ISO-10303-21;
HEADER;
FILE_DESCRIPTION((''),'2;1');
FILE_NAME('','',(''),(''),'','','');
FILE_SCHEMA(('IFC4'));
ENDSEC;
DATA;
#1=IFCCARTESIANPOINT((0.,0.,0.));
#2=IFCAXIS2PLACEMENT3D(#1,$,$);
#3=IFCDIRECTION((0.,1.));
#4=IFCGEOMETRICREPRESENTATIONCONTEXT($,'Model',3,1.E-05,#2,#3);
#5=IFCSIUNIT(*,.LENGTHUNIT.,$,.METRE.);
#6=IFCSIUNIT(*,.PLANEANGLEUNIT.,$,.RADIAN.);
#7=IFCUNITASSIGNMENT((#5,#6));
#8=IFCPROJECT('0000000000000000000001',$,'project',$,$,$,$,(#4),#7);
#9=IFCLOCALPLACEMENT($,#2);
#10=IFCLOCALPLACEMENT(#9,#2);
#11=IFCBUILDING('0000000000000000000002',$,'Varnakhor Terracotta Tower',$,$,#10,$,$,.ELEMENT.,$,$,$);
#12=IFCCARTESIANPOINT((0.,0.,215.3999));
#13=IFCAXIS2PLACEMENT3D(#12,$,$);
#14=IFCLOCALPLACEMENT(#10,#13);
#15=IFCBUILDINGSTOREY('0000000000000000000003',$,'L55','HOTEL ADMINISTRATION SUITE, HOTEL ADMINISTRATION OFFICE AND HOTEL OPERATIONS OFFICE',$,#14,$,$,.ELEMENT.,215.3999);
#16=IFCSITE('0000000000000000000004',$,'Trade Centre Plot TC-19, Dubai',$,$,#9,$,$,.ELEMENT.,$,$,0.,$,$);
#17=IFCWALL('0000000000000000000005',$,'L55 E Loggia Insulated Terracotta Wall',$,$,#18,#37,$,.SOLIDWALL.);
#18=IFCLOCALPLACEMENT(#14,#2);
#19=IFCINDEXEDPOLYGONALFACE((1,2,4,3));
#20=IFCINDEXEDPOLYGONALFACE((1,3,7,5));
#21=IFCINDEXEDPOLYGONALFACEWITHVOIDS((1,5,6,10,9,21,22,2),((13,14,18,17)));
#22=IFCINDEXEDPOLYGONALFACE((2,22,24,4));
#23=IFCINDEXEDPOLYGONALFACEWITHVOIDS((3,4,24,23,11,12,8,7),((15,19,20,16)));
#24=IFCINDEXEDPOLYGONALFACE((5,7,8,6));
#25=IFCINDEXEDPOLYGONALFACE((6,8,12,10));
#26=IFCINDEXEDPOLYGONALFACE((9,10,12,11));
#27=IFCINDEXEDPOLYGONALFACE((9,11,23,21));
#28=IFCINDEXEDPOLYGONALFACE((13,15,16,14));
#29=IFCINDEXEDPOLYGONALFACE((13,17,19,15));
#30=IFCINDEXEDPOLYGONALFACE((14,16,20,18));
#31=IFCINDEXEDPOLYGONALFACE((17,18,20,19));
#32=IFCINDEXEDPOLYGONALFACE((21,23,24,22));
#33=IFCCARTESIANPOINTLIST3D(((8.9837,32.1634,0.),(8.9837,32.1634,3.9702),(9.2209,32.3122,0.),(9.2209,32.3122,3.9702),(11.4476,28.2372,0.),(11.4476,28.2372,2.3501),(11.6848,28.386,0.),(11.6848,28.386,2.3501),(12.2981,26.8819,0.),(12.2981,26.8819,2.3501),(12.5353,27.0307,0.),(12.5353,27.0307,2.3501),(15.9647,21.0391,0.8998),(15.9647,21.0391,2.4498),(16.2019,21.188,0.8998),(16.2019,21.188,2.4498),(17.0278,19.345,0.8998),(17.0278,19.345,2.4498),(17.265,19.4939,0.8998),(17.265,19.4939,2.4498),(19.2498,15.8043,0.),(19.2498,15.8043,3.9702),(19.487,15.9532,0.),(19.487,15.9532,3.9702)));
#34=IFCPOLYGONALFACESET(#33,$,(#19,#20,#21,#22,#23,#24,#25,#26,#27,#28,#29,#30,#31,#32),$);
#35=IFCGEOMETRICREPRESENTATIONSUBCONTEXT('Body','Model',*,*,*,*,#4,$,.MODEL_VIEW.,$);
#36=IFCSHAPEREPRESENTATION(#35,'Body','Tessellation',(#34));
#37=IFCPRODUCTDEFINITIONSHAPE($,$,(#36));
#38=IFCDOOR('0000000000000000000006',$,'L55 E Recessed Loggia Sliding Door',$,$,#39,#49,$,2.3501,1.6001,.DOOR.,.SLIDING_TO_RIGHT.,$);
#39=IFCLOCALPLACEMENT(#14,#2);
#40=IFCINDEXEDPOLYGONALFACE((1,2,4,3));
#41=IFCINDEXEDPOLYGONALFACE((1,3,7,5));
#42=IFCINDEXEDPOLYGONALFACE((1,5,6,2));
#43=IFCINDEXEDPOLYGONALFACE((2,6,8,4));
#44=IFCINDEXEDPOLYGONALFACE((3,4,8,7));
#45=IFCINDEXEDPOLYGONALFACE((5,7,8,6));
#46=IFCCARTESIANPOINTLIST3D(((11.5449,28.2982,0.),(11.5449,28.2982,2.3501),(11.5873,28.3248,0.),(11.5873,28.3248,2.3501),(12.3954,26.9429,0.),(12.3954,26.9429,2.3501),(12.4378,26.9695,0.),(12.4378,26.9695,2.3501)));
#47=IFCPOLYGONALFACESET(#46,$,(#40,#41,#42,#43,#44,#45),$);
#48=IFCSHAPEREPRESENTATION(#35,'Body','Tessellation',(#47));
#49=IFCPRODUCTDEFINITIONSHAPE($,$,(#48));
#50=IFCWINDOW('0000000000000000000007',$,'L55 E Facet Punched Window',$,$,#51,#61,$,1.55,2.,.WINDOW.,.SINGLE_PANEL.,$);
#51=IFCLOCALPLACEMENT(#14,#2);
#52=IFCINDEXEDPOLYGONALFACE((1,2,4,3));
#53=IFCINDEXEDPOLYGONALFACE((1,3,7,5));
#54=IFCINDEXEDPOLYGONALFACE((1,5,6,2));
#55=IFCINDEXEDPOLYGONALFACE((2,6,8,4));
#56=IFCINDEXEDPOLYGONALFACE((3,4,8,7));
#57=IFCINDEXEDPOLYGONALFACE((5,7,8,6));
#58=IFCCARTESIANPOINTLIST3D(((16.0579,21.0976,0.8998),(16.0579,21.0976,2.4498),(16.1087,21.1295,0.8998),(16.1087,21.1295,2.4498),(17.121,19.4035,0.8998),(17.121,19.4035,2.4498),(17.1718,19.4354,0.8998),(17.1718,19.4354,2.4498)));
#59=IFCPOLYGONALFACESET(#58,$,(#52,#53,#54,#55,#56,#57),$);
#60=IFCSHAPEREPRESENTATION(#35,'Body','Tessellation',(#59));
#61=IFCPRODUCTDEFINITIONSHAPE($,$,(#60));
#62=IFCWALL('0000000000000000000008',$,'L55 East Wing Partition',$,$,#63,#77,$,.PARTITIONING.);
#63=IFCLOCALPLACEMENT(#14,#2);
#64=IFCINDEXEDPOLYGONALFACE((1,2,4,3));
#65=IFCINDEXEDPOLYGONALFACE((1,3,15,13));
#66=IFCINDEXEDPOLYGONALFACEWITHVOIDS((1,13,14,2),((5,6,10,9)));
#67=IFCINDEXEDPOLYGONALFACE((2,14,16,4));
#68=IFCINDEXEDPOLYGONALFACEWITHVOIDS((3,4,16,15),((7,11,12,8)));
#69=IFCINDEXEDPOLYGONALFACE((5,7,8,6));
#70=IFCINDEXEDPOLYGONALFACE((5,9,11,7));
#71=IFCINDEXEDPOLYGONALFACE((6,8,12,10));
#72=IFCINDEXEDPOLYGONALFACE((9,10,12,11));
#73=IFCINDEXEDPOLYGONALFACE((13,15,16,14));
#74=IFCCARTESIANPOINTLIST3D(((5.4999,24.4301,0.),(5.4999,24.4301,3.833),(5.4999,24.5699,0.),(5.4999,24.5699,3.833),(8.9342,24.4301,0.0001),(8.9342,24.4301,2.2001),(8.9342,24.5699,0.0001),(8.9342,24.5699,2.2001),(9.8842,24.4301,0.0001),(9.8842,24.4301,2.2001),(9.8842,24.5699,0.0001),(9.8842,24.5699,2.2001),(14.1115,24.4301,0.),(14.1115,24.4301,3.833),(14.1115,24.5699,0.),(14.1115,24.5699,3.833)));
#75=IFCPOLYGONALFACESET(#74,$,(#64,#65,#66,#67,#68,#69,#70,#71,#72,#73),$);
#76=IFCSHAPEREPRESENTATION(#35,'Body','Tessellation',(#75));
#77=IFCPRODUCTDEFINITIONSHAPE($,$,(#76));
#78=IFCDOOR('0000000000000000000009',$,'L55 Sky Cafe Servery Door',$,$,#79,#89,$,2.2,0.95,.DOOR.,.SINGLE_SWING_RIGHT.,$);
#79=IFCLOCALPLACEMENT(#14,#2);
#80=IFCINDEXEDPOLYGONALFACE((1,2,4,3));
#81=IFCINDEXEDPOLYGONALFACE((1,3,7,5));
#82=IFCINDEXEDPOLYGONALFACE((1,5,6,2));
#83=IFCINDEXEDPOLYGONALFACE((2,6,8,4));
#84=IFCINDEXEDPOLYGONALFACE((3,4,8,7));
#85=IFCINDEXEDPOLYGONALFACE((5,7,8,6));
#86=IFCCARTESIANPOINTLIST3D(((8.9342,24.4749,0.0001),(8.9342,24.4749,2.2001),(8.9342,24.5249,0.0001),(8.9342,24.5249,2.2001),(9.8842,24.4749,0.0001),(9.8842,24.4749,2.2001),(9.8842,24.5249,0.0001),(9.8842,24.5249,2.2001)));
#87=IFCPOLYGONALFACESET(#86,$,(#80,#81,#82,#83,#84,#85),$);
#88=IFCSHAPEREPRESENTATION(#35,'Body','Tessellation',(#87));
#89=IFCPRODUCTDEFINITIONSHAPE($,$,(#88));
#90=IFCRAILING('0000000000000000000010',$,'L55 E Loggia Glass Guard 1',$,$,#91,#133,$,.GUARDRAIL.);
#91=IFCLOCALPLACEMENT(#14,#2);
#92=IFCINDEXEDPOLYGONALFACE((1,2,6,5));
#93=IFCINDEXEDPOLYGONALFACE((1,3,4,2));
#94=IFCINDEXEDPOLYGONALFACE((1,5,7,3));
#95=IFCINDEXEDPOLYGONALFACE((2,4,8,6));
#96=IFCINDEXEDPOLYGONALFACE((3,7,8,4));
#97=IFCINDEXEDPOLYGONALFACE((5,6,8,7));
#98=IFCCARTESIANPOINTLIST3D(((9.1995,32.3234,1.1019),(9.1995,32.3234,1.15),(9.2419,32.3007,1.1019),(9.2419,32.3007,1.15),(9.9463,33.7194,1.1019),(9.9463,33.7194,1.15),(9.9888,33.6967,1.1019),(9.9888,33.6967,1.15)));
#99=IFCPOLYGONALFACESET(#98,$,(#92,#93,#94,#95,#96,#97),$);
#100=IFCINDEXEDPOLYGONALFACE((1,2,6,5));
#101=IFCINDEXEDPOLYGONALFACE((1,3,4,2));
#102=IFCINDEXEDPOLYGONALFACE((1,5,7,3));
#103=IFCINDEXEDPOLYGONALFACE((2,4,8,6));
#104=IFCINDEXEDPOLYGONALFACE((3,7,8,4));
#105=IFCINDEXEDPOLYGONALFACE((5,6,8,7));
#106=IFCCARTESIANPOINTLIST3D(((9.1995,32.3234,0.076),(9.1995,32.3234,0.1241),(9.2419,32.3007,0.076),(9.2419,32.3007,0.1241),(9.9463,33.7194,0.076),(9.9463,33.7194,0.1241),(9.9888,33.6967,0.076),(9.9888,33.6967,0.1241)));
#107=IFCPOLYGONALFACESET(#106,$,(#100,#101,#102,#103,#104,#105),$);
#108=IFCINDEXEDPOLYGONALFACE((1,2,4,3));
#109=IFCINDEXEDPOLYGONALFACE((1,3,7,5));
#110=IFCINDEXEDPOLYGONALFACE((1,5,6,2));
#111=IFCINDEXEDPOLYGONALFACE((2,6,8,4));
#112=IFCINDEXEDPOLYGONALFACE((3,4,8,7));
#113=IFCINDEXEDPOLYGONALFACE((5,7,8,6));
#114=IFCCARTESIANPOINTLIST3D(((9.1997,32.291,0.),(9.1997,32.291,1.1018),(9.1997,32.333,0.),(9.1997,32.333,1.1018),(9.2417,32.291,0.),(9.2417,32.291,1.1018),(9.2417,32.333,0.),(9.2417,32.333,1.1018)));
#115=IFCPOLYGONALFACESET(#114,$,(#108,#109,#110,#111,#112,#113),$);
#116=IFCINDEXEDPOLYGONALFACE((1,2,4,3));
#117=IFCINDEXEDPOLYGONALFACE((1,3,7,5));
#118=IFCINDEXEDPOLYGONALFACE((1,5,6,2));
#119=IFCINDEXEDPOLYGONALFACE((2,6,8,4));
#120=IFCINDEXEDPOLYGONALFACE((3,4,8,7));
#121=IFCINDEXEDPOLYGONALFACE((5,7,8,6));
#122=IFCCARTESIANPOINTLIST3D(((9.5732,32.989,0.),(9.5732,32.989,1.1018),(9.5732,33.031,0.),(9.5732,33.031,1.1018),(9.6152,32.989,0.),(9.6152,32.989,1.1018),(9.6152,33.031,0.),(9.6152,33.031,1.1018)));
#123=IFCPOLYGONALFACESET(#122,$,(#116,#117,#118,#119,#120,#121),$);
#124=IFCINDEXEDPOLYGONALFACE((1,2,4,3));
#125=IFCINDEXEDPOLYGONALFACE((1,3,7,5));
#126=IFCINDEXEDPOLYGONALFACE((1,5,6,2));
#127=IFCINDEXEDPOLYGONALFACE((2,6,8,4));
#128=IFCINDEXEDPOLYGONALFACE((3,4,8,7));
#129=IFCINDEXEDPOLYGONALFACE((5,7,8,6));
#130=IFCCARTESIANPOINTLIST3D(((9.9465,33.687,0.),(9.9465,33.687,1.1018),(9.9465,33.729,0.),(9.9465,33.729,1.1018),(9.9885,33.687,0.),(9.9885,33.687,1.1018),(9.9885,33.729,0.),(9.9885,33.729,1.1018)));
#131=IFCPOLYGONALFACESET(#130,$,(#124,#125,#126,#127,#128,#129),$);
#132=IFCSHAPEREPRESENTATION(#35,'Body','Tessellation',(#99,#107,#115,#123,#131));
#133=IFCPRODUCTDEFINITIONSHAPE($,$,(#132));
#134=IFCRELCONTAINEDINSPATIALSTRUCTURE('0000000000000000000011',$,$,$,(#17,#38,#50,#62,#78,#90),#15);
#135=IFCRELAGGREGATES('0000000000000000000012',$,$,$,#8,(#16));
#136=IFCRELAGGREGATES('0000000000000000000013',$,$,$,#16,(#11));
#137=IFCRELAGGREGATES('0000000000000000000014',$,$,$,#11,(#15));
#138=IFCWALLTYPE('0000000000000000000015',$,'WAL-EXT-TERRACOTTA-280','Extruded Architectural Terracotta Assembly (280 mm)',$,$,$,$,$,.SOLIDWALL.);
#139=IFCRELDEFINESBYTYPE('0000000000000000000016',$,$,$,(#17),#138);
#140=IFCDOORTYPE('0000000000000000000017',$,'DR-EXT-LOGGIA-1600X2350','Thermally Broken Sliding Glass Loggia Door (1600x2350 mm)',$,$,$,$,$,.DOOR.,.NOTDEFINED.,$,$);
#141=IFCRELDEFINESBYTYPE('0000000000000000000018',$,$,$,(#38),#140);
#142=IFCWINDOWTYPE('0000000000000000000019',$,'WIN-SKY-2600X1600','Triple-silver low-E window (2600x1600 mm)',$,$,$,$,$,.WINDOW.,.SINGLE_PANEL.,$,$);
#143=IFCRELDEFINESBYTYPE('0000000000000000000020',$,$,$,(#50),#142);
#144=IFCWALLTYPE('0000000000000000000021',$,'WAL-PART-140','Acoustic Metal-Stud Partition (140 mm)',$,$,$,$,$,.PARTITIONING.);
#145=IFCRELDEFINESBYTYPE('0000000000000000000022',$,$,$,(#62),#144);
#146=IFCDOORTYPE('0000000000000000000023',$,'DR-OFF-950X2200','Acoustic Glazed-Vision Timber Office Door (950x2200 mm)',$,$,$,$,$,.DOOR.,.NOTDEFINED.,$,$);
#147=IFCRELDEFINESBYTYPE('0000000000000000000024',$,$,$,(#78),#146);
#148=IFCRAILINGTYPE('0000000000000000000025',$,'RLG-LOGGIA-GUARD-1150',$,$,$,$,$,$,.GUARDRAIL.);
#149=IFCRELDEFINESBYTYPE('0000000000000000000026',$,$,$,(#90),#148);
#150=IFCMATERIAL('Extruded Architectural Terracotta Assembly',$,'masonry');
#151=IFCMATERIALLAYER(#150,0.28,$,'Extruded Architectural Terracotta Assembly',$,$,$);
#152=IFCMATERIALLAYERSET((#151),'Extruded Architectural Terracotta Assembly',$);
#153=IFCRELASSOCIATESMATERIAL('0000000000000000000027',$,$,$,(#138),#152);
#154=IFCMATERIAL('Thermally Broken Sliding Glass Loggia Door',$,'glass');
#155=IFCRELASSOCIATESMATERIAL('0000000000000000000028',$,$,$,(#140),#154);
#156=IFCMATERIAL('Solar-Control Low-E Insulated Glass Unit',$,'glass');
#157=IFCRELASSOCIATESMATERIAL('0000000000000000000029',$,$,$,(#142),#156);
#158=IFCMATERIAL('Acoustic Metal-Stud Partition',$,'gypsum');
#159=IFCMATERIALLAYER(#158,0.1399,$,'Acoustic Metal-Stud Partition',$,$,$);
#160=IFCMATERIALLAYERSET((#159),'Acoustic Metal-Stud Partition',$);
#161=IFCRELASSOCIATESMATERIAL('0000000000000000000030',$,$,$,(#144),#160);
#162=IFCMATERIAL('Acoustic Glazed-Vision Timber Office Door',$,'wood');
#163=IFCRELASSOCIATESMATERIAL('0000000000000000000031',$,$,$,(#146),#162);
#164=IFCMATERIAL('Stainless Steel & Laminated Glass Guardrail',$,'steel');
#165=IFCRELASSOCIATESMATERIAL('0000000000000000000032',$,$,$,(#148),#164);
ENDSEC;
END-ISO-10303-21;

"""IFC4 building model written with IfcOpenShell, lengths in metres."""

from ifc_helpers import new_model, si_unit, direction, frame, frame_2d, origin, origin_2d, place, context, subcontext, project, spatial, rectangle, extrude, source, transform, mapped, material, layer, layer_set, type_object, type_shapes, element, fill, save


model = new_model("IFC4")

# Units and contexts
model_context = context("Model", 3, precision=1e-05, world=origin(), true_north=direction((0.0, 1.0)))
body_context = subcontext(model_context, "Body", "Model", "MODEL_VIEW")
ifc_project = project(units=[si_unit("LENGTHUNIT", "METRE"), si_unit("PLANEANGLEUNIT", "RADIAN")], contexts=[model_context])

# Site, building, storey
site_placement = place(None, origin())
site = spatial("IfcSite", under=ifc_project, at=site_placement, Name="Trade Centre Plot TC-19, Dubai", CompositionType="ELEMENT", RefElevation=0.0)
building_placement = place(site_placement, origin())
building = spatial("IfcBuilding", under=site, at=building_placement, Name="Varnakhor Terracotta Tower", CompositionType="ELEMENT")
storey_placement = place(building_placement, frame((0.0, 0.0, 215.3999)))
storey = spatial("IfcBuildingStorey", under=building, at=storey_placement, Name="L55", Description="HOTEL ADMINISTRATION SUITE, HOTEL ADMINISTRATION OFFICE AND HOTEL OPERATIONS OFFICE", CompositionType="ELEMENT", Elevation=215.3999)

# Wall, openings, door, window
ifc_material_1 = material(Name="Extruded Architectural Terracotta Assembly", Category="masonry")
ifc_layer_1 = layer(ifc_material_1, 0.28, Name="Extruded Architectural Terracotta Assembly")
ifc_layer_set_1 = layer_set([ifc_layer_1], Name="Extruded Architectural Terracotta Assembly")
wall_type_1 = type_object("IfcWallType", Name="WAL-EXT-TERRACOTTA-280", Description="Extruded Architectural Terracotta Assembly (280 mm)", PredefinedType="SOLIDWALL", material=ifc_layer_set_1)
wall_1_placement = place(storey_placement, frame((9.1023, 32.2378, 0.0), z_axis=(0.0, 0.0, 1.0), x_axis=(0.531549, -0.847028, 0.0)))
wall_1 = element("IfcWall", 1, at=wall_1_placement, inside=storey, type_object=wall_type_1, Name="L55 E Loggia Insulated Terracotta Wall", PredefinedType="SOLIDWALL", context=body_context, shape_type="SweptSolid", body=[
    extrude(rectangle(XDim=19.3135, YDim=0.28, at=frame_2d((9.6567, 0.0))), origin(), (0.0, 0.0, 1.0), 3.9702),
])
opening_1_placement = place(wall_1_placement, frame((4.6353, 0.0, 0.0)))
opening_1 = element("IfcOpeningElement", 2, at=opening_1_placement, cuts=wall_1, PredefinedType="OPENING", context=body_context, shape_type="SweptSolid", body=[
    extrude(rectangle(XDim=1.6001, YDim=2.3501, at=frame_2d((0.8, 1.175))), frame((0.0, 0.1499, 0.0), z_axis=(0.0, -1.0, 0.0), x_axis=(1.0, 0.0, 0.0)), (0.0, 0.0, 1.0), 0.3),
])
opening_2_placement = place(wall_1_placement, frame((13.1333, 0.0, 0.8999)))
opening_2 = element("IfcOpeningElement", 3, at=opening_2_placement, cuts=wall_1, PredefinedType="OPENING", context=body_context, shape_type="SweptSolid", body=[
    extrude(rectangle(XDim=2.0, YDim=1.55, at=frame_2d((1.0, 0.7749))), frame((0.0, 0.1499, 0.0), z_axis=(0.0, -1.0, 0.0), x_axis=(1.0, 0.0, 0.0)), (0.0, 0.0, 1.0), 0.3),
])
ifc_material_2 = material(Name="Thermally Broken Sliding Glass Loggia Door", Category="glass")
door_type_1 = type_object("IfcDoorType", Name="DR-EXT-LOGGIA-1600X2350", Description="Thermally Broken Sliding Glass Loggia Door (1600x2350 mm)", OperationType="NOTDEFINED", PredefinedType="DOOR", material=ifc_material_2)
shared_shape_1 = source(origin(), body_context, "Body", "SweptSolid", [
    extrude(rectangle(XDim=1.6001, YDim=2.3501, at=frame_2d((0.8, 1.175))), frame((0.0, 0.0249, 0.0), z_axis=(0.0, -1.0, 0.0), x_axis=(1.0, 0.0, 0.0)), (0.0, 0.0, 1.0), 0.05),
])
type_shapes(door_type_1, [shared_shape_1])
door_1_placement = place(opening_1_placement, origin())
door_1 = element("IfcDoor", 4, at=door_1_placement, inside=storey, type_object=door_type_1, Name="L55 E Recessed Loggia Sliding Door", OperationType="SLIDING_TO_RIGHT", OverallHeight=2.3501, OverallWidth=1.6001, PredefinedType="DOOR", context=body_context, shape_type="MappedRepresentation", body=[
    mapped(shared_shape_1, transform((0.0, 0.0, 0.0), scale=1.0)),
])
fill(opening_1, door_1)
ifc_material_3 = material(Name="Solar-Control Low-E Insulated Glass Unit", Category="glass")
window_type = type_object("IfcWindowType", Name="WIN-SKY-2600X1600", Description="Triple-silver low-E window (2600x1600 mm)", PartitioningType="SINGLE_PANEL", PredefinedType="WINDOW", material=ifc_material_3)
shared_shape_2 = source(origin(), body_context, "Body", "SweptSolid", [
    extrude(rectangle(XDim=2.0, YDim=1.55, at=frame_2d((1.0, 0.7749))), frame((0.0, 0.03, 0.0), z_axis=(0.0, -1.0, 0.0), x_axis=(1.0, 0.0, 0.0)), (0.0, 0.0, 1.0), 0.0601),
])
type_shapes(window_type, [shared_shape_2])
window_placement = place(opening_2_placement, origin())
window = element("IfcWindow", 5, at=window_placement, inside=storey, type_object=window_type, Name="L55 E Facet Punched Window", OverallHeight=1.55, OverallWidth=2.0, PartitioningType="SINGLE_PANEL", PredefinedType="WINDOW", context=body_context, shape_type="MappedRepresentation", body=[
    mapped(shared_shape_2, transform((0.0, 0.0, 0.0), scale=1.0)),
])
fill(opening_2, window)

# Wall, opening, door
ifc_material_4 = material(Name="Acoustic Metal-Stud Partition", Category="gypsum")
ifc_layer_2 = layer(ifc_material_4, 0.1399, Name="Acoustic Metal-Stud Partition")
ifc_layer_set_2 = layer_set([ifc_layer_2], Name="Acoustic Metal-Stud Partition")
wall_type_2 = type_object("IfcWallType", Name="WAL-PART-140", Description="Acoustic Metal-Stud Partition (140 mm)", PredefinedType="PARTITIONING", material=ifc_layer_set_2)
wall_2_placement = place(storey_placement, frame((5.5, 24.5, 0.0), z_axis=(0.0, 0.0, 1.0), x_axis=(1.0, 0.0, 0.0)))
wall_2 = element("IfcWall", 6, at=wall_2_placement, inside=storey, type_object=wall_type_2, Name="L55 East Wing Partition", PredefinedType="PARTITIONING", context=body_context, shape_type="SweptSolid", body=[
    extrude(rectangle(XDim=8.6116, YDim=0.1399, at=frame_2d((4.3057, 0.0))), origin(), (0.0, 0.0, 1.0), 3.833),
])
opening_3_placement = place(wall_2_placement, frame((3.4341, 0.0, 0.0)))
opening_3 = element("IfcOpeningElement", 7, at=opening_3_placement, cuts=wall_2, PredefinedType="OPENING", context=body_context, shape_type="SweptSolid", body=[
    extrude(rectangle(XDim=0.95, YDim=2.2, at=frame_2d((0.4751, 1.1001))), frame((0.0, 0.0801, 0.0), z_axis=(0.0, -1.0, 0.0), x_axis=(1.0, 0.0, 0.0)), (0.0, 0.0, 1.0), 0.1599),
])
ifc_material_5 = material(Name="Acoustic Glazed-Vision Timber Office Door", Category="wood")
door_type_2 = type_object("IfcDoorType", Name="DR-OFF-950X2200", Description="Acoustic Glazed-Vision Timber Office Door (950x2200 mm)", OperationType="NOTDEFINED", PredefinedType="DOOR", material=ifc_material_5)
shared_shape_3 = source(origin(), body_context, "Body", "SweptSolid", [
    extrude(rectangle(XDim=0.95, YDim=2.2, at=frame_2d((0.4751, 1.1001))), frame((0.0, 0.0249, 0.0), z_axis=(0.0, -1.0, 0.0), x_axis=(1.0, 0.0, 0.0)), (0.0, 0.0, 1.0), 0.05),
])
type_shapes(door_type_2, [shared_shape_3])
door_2_placement = place(opening_3_placement, origin())
door_2 = element("IfcDoor", 8, at=door_2_placement, inside=storey, type_object=door_type_2, Name="L55 Sky Cafe Servery Door", OperationType="SINGLE_SWING_RIGHT", OverallHeight=2.2, OverallWidth=0.95, PredefinedType="DOOR", context=body_context, shape_type="MappedRepresentation", body=[
    mapped(shared_shape_3, transform((0.0, 0.0, 0.0), scale=1.0)),
])
fill(opening_3, door_2)

# Railing
ifc_material_6 = material(Name="Stainless Steel & Laminated Glass Guardrail", Category="steel")
railing_type = type_object("IfcRailingType", Name="RLG-LOGGIA-GUARD-1150", PredefinedType="GUARDRAIL", material=ifc_material_6)
railing_1_placement = place(storey_placement, frame((9.2207, 32.312, 0.0)))
element("IfcRailing", 9, at=railing_1_placement, inside=storey, type_object=railing_type, Name="L55 E Loggia Glass Guard 1", PredefinedType="GUARDRAIL", context=body_context, shape_type="SweptSolid", body=[
    extrude(rectangle(XDim=0.0481, YDim=0.0481, at=origin_2d()), frame((0.0, 0.0, 1.126), z_axis=(0.471716, 0.88175, 0.0), x_axis=(-0.88175, 0.471716, 0.0)), (0.0, 0.0, 1.0), 1.5833),
    extrude(rectangle(XDim=0.0481, YDim=0.0481, at=origin_2d()), frame((0.0, 0.0, 0.1001), z_axis=(0.471716, 0.88175, 0.0), x_axis=(-0.88175, 0.471716, 0.0)), (0.0, 0.0, 1.0), 1.5833),
    extrude(rectangle(XDim=0.042, YDim=0.042, at=origin_2d()), origin(), (0.0, 0.0, 1.0), 1.1018),
    extrude(rectangle(XDim=0.042, YDim=0.042, at=origin_2d()), frame((0.3735, 0.698, 0.0)), (0.0, 0.0, 1.0), 1.1018),
    extrude(rectangle(XDim=0.042, YDim=0.042, at=origin_2d()), frame((0.7468, 1.396, 0.0)), (0.0, 0.0, 1.0), 1.1018),
])

save(model, "model.ifc")
